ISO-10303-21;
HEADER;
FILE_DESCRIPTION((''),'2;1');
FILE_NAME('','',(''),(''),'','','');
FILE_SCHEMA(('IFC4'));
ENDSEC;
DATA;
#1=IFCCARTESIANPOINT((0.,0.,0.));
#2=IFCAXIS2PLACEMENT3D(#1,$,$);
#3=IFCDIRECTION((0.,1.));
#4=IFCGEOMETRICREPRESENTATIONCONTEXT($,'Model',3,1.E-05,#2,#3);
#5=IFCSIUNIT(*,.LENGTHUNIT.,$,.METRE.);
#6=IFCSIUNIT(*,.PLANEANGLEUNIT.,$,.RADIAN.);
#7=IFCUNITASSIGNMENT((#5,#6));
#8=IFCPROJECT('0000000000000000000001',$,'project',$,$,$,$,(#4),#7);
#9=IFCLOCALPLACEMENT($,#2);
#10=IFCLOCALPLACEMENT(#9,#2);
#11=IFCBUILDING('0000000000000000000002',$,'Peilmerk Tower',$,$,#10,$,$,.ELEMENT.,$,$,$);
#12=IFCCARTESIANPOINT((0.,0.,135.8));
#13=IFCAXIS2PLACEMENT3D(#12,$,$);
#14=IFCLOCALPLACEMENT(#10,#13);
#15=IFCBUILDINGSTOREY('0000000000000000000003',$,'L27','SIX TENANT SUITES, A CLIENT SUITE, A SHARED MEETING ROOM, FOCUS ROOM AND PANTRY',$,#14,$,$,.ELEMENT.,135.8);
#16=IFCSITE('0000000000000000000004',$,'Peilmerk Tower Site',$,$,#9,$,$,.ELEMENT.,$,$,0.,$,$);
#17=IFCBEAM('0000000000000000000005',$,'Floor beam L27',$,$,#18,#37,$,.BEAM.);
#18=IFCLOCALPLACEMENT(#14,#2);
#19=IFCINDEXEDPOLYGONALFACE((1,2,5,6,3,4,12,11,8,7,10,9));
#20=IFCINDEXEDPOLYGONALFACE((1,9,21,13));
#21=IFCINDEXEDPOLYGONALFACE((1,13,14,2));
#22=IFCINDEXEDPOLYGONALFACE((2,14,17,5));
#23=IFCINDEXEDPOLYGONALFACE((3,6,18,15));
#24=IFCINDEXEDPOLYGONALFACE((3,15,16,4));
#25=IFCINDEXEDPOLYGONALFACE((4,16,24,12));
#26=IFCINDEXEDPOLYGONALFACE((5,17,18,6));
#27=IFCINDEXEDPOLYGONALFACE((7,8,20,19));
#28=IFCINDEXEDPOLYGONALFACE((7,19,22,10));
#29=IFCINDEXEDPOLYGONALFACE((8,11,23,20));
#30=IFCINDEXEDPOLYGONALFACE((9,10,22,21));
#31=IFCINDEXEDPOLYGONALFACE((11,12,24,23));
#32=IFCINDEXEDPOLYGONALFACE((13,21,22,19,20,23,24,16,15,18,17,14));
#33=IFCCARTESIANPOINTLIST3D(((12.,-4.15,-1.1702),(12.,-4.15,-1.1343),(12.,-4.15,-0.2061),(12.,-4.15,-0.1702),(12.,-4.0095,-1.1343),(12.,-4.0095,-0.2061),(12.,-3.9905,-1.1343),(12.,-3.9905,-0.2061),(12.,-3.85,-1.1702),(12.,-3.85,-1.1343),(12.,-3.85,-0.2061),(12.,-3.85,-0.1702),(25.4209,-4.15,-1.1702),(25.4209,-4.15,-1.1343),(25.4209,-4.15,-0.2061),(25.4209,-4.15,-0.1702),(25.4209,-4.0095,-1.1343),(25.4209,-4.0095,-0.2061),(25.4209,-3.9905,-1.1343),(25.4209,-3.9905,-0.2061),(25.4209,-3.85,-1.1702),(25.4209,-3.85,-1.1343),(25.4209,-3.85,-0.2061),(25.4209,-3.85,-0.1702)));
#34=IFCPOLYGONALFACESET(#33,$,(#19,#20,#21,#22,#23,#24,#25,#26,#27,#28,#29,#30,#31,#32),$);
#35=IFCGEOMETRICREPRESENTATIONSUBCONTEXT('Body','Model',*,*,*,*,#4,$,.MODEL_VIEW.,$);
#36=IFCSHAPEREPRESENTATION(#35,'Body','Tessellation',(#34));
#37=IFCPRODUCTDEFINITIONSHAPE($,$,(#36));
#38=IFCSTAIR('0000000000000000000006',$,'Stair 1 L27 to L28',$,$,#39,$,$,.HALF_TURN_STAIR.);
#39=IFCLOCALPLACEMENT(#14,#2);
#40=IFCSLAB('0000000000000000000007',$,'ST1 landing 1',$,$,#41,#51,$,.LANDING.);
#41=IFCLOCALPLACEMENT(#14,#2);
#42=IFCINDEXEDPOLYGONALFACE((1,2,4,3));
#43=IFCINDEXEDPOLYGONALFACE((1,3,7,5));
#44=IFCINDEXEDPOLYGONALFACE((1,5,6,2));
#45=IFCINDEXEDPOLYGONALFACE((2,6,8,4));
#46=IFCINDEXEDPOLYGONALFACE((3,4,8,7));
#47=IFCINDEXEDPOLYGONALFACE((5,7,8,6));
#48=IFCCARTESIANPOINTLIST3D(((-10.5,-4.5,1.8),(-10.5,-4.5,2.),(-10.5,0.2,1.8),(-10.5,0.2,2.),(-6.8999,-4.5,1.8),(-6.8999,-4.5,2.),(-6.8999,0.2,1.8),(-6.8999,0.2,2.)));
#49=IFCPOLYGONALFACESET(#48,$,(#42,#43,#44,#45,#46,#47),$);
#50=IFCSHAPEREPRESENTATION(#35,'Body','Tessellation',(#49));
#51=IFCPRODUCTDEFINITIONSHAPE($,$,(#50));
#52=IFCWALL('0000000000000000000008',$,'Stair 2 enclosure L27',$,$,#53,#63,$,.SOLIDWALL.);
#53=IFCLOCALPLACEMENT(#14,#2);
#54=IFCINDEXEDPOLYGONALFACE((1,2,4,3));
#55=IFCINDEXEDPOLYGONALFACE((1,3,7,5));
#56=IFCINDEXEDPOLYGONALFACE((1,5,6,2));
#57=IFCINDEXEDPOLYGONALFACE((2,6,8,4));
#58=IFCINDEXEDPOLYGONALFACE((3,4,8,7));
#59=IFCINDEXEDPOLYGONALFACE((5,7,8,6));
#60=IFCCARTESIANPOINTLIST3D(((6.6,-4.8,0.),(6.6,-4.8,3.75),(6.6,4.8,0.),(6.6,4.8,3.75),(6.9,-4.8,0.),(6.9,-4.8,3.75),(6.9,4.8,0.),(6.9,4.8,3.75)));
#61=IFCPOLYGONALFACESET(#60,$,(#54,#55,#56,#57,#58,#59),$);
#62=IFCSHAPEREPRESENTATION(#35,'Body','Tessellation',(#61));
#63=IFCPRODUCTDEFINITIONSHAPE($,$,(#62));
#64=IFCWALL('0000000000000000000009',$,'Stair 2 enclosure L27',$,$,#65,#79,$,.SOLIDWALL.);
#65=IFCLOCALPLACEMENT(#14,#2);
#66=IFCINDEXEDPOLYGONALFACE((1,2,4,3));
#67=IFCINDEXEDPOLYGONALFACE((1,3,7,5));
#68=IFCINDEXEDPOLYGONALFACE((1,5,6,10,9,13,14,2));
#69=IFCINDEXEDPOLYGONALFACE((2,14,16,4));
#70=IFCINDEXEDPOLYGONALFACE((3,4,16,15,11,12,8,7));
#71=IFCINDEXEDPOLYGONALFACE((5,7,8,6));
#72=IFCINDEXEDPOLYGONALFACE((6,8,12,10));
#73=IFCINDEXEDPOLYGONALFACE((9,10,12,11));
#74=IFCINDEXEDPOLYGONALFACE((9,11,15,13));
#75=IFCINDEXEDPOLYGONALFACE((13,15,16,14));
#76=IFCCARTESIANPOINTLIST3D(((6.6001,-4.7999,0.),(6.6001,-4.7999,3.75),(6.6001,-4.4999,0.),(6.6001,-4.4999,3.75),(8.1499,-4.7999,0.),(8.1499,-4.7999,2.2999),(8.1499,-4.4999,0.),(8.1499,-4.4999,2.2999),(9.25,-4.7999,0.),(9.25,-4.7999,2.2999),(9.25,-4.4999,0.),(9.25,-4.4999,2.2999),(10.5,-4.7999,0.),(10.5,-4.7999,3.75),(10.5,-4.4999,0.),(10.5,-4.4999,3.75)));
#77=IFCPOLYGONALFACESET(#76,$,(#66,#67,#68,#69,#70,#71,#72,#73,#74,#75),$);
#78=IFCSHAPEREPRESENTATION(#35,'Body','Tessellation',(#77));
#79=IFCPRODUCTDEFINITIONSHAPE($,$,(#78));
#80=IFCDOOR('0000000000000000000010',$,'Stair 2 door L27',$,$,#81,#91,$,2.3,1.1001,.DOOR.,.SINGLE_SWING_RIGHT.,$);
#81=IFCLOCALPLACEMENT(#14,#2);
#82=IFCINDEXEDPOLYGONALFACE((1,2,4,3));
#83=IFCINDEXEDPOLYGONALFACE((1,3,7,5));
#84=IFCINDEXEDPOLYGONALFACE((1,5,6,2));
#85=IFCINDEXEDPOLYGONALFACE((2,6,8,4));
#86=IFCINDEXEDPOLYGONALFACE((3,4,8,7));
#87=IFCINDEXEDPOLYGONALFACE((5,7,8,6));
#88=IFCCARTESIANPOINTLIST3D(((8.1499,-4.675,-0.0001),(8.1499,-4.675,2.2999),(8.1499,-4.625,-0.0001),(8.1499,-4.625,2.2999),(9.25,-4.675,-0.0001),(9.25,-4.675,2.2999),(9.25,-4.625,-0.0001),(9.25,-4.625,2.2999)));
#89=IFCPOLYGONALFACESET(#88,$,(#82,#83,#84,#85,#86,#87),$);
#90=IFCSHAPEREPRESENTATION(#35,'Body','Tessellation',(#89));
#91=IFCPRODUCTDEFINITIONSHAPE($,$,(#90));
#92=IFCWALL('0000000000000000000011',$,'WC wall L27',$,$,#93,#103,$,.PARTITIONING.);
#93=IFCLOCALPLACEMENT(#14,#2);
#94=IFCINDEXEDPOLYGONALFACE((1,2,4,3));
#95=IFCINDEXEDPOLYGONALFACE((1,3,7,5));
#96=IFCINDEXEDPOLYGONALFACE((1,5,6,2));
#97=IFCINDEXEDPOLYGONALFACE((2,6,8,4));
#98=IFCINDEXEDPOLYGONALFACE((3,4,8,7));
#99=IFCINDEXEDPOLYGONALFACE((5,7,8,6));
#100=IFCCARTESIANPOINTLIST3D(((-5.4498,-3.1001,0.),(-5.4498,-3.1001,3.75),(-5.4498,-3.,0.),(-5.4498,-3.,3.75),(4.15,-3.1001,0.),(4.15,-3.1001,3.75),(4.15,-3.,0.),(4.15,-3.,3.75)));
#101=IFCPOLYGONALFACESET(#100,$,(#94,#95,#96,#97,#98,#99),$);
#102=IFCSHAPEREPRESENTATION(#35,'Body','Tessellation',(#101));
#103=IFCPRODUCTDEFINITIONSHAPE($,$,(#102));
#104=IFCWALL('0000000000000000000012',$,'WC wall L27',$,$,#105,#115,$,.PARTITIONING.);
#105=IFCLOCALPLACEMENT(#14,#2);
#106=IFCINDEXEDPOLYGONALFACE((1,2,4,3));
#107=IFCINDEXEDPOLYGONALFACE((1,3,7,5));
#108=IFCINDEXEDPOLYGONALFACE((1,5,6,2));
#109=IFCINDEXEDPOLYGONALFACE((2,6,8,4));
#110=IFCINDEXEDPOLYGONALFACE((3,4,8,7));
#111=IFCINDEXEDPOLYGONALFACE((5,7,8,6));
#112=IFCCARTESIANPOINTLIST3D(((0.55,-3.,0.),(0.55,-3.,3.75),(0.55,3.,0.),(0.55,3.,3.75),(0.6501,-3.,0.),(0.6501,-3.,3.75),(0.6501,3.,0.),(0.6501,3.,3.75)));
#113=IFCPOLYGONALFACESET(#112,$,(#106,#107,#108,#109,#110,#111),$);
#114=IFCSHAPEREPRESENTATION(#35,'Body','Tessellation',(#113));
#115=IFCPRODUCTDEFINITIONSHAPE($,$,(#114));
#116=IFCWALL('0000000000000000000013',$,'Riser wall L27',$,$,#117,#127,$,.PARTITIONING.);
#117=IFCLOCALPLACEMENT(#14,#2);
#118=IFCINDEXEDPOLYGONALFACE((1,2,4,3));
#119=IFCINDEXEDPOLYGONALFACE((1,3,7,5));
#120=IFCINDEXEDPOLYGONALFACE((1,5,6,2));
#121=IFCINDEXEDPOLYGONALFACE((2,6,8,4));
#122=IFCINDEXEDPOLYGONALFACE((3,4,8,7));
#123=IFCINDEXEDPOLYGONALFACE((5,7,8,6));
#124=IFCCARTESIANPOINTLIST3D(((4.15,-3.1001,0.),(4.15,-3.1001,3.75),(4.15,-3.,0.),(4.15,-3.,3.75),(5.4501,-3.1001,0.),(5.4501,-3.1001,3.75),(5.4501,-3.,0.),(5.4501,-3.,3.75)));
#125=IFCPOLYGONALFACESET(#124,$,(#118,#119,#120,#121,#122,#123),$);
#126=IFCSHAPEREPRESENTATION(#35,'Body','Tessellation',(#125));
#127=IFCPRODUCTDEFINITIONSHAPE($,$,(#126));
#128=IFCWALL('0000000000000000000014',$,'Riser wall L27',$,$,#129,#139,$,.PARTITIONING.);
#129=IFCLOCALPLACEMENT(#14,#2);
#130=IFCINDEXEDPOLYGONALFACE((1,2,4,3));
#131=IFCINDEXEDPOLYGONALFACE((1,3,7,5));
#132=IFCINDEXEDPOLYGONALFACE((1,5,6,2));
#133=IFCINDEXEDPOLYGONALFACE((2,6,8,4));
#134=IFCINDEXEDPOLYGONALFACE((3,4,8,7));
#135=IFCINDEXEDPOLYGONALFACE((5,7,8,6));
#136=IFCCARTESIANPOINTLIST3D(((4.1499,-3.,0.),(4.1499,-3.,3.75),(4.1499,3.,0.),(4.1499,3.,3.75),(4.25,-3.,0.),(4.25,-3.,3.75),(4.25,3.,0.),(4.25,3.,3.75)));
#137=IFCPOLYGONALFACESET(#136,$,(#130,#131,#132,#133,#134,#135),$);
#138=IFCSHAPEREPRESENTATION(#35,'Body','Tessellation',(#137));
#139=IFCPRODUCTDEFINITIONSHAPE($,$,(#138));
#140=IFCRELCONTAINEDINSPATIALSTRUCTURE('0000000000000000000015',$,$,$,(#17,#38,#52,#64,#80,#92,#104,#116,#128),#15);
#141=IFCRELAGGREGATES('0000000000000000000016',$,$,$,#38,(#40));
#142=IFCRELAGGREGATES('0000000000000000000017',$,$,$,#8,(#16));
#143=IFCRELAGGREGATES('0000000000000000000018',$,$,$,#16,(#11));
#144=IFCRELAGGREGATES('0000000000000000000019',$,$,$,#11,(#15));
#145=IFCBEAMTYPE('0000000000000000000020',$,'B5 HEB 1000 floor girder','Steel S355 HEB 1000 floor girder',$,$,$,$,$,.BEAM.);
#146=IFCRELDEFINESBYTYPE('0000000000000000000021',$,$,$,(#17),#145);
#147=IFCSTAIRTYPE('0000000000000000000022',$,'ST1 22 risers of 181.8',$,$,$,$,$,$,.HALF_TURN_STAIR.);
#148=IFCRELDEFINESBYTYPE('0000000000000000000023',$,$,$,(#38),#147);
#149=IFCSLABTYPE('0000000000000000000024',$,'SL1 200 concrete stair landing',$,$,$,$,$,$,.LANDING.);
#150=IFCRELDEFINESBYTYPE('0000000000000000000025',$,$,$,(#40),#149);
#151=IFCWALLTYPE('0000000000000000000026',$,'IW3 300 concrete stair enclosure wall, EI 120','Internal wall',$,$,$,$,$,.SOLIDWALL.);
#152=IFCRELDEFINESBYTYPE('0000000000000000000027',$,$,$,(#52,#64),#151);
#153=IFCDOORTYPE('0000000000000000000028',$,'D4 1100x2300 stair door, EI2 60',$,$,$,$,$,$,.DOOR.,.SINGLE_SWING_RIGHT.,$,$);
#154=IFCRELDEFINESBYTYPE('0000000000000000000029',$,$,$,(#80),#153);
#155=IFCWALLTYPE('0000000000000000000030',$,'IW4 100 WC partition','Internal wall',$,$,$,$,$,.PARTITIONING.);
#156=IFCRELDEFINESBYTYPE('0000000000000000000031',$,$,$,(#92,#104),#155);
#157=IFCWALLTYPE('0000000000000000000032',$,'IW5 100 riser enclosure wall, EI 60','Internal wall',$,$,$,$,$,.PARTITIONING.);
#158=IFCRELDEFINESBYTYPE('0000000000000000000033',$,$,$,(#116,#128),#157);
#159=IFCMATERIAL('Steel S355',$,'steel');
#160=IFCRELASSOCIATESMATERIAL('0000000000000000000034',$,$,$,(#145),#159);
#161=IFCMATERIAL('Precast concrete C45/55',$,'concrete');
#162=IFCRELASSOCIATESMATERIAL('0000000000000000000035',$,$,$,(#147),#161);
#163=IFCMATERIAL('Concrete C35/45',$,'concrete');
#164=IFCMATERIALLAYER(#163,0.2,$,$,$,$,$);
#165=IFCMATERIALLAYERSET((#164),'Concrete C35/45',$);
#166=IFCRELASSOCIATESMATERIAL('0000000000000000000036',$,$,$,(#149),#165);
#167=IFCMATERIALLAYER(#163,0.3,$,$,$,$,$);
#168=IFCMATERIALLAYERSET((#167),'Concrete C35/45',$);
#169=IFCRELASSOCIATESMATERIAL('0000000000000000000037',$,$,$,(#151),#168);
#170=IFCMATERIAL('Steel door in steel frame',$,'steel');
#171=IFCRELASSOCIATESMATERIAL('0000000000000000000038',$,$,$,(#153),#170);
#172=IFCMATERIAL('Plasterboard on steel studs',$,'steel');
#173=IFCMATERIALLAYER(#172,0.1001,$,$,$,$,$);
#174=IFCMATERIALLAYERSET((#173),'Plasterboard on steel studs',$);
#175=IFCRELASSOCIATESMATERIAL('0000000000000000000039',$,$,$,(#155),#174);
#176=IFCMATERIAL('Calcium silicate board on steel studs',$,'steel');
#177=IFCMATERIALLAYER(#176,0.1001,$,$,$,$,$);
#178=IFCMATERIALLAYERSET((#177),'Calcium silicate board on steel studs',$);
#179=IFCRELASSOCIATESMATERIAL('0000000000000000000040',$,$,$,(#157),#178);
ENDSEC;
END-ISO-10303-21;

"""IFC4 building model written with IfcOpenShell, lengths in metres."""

from ifc_helpers import new_model, si_unit, direction, frame, frame_2d, origin, origin_2d, place, context, subcontext, project, spatial, polyline, rectangle, i_section, outline, extrude, material, layer, layer_set, material_profile, profile_set, type_object, element, fill, aggregate, save


model = new_model("IFC4")

# Units and contexts
model_context = context("Model", 3, precision=1e-05, world=origin(), true_north=direction((0.0, 1.0)))
body_context = subcontext(model_context, "Body", "Model", "MODEL_VIEW")
ifc_project = project(units=[si_unit("LENGTHUNIT", "METRE"), si_unit("PLANEANGLEUNIT", "RADIAN")], contexts=[model_context])

# Site, building, storey
site_placement = place(None, origin())
site = spatial("IfcSite", under=ifc_project, at=site_placement, Name="Peilmerk Tower Site", CompositionType="ELEMENT", RefElevation=0.0)
building_placement = place(site_placement, origin())
building = spatial("IfcBuilding", under=site, at=building_placement, Name="Peilmerk Tower", CompositionType="ELEMENT")
storey_placement = place(building_placement, frame((0.0, 0.0, 135.8)))
storey = spatial("IfcBuildingStorey", under=building, at=storey_placement, Name="L27", Description="SIX TENANT SUITES, A CLIENT SUITE, A SHARED MEETING ROOM, FOCUS ROOM AND PANTRY", CompositionType="ELEMENT", Elevation=135.8)

# Beam
ifc_material_1 = material(Name="Steel S355", Category="steel")
ifc_material_profile = material_profile(ifc_material_1, i_section(OverallWidth=0.3, OverallDepth=1.0, WebThickness=0.019, FlangeThickness=0.0359, at=origin_2d()), Name="HEB 1000")
ifc_profile_set = profile_set([ifc_material_profile], Name="Steel S355")
beam_type = type_object("IfcBeamType", Name="B5 HEB 1000 floor girder", Description="Steel S355 HEB 1000 floor girder", PredefinedType="BEAM", material=ifc_profile_set)
beam_placement = place(storey_placement, frame((12.0, -4.0, -0.6702), z_axis=(1.0, 0.0, 0.0), x_axis=(0.0, 1.0, 0.0)))
element("IfcBeam", 1, at=beam_placement, inside=storey, type_object=beam_type, Name="Floor beam L27", PredefinedType="BEAM", context=body_context, shape_type="SweptSolid", body=[
    extrude(i_section(OverallWidth=0.3, OverallDepth=1.0, WebThickness=0.019, FlangeThickness=0.0359, at=origin_2d()), origin(), (0.0, 0.0, 1.0), 13.4209),
])

# Stair, slab
ifc_material_2 = material(Name="Precast concrete C45/55", Category="concrete")
stair_type_1 = type_object("IfcStairType", Name="ST1 22 risers of 181.8", PredefinedType="HALF_TURN_STAIR", material=ifc_material_2)
stair_1_placement = place(storey_placement, origin())
stair_1 = element("IfcStair", 2, at=stair_1_placement, inside=storey, type_object=stair_type_1, Name="Stair 1 L27 to L28", PredefinedType="HALF_TURN_STAIR")
ifc_material_3 = material(Name="Concrete C35/45", Category="concrete")
ifc_layer_1 = layer(ifc_material_3, 0.2)
ifc_layer_set_1 = layer_set([ifc_layer_1], Name="Concrete C35/45")
slab_type = type_object("IfcSlabType", Name="SL1 200 concrete stair landing", PredefinedType="LANDING", material=ifc_layer_set_1)
slab_placement = place(storey_placement, frame((0.0, 0.0, 1.8)))
slab = element("IfcSlab", 3, at=slab_placement, type_object=slab_type, Name="ST1 landing 1", PredefinedType="LANDING", context=body_context, shape_type="SweptSolid", body=[
    extrude(outline(polyline([(-10.5, -4.5), (-6.8999, -4.5), (-6.8999, 0.2), (-10.5, 0.2), (-10.5, -4.5)])), origin(), (0.0, 0.0, 1.0), 0.2),
])
aggregate(stair_1, [slab])

# Wall
ifc_layer_2 = layer(ifc_material_3, 0.3)
ifc_layer_set_2 = layer_set([ifc_layer_2], Name="Concrete C35/45")
wall_type_1 = type_object("IfcWallType", Name="IW3 300 concrete stair enclosure wall, EI 120", Description="Internal wall", PredefinedType="SOLIDWALL", material=ifc_layer_set_2)
wall_1_placement = place(storey_placement, frame((6.75, -4.8, 0.0), z_axis=(0.0, 0.0, 1.0), x_axis=(0.0, 1.0, 0.0)))
element("IfcWall", 4, at=wall_1_placement, inside=storey, type_object=wall_type_1, Name="Stair 2 enclosure L27", PredefinedType="SOLIDWALL", context=body_context, shape_type="SweptSolid", body=[
    extrude(rectangle(XDim=9.6001, YDim=0.3, at=frame_2d((4.8, 0.0))), origin(), (0.0, 0.0, 1.0), 3.75),
])

# Wall, opening, door
wall_2_placement = place(storey_placement, frame((10.5, -4.6499, 0.0), z_axis=(0.0, 0.0, 1.0), x_axis=(-1.0, 0.0, 0.0)))
wall_2 = element("IfcWall", 5, at=wall_2_placement, inside=storey, type_object=wall_type_1, Name="Stair 2 enclosure L27", PredefinedType="SOLIDWALL", context=body_context, shape_type="SweptSolid", body=[
    extrude(rectangle(XDim=3.8999, YDim=0.3, at=frame_2d((1.95, 0.0))), origin(), (0.0, 0.0, 1.0), 3.75),
])
opening_1_placement = place(wall_2_placement, frame((1.25, 0.0, 0.0)))
opening_1 = element("IfcOpeningElement", 6, at=opening_1_placement, cuts=wall_2, PredefinedType="OPENING", context=body_context, shape_type="SweptSolid", body=[
    extrude(rectangle(XDim=1.1001, YDim=2.3, at=frame_2d((0.55, 1.1499))), frame((0.0, 0.1599, 0.0), z_axis=(0.0, -1.0, 0.0), x_axis=(1.0, 0.0, 0.0)), (0.0, 0.0, 1.0), 0.3201),
])
ifc_material_4 = material(Name="Steel door in steel frame", Category="steel")
door_type_1 = type_object("IfcDoorType", Name="D4 1100x2300 stair door, EI2 60", OperationType="SINGLE_SWING_RIGHT", PredefinedType="DOOR", material=ifc_material_4)
door_1_placement = place(opening_1_placement, frame((1.1001, 0.0, 0.0), z_axis=(0.0, 0.0, 1.0), x_axis=(-1.0, 0.0, 0.0)))
door_1 = element("IfcDoor", 7, at=door_1_placement, inside=storey, type_object=door_type_1, Name="Stair 2 door L27", OperationType="SINGLE_SWING_RIGHT", OverallHeight=2.3, OverallWidth=1.1001, PredefinedType="DOOR", context=body_context, shape_type="SweptSolid", body=[
    extrude(rectangle(XDim=1.1001, YDim=2.3, at=frame_2d((0.55, 1.1499))), frame((0.0, 0.0249, 0.0), z_axis=(0.0, -1.0, 0.0), x_axis=(1.0, 0.0, 0.0)), (0.0, 0.0, 1.0), 0.05),
])
fill(opening_1, door_1)

# Walls
ifc_material_5 = material(Name="Plasterboard on steel studs", Category="steel")
ifc_layer_3 = layer(ifc_material_5, 0.1001)
ifc_layer_set_3 = layer_set([ifc_layer_3], Name="Plasterboard on steel studs")
wall_type_2 = type_object("IfcWallType", Name="IW4 100 WC partition", Description="Internal wall", PredefinedType="PARTITIONING", material=ifc_layer_set_3)
wall_3_placement = place(storey_placement, frame((4.1499, -3.05, 0.0), z_axis=(0.0, 0.0, 1.0), x_axis=(-1.0, 0.0, 0.0)))
element("IfcWall", 8, at=wall_3_placement, inside=storey, type_object=wall_type_2, Name="WC wall L27", PredefinedType="PARTITIONING", context=body_context, shape_type="SweptSolid", body=[
    extrude(rectangle(XDim=9.5999, YDim=0.1001, at=frame_2d((4.7998, 0.0))), origin(), (0.0, 0.0, 1.0), 3.75),
])
wall_4_placement = place(storey_placement, frame((0.6001, -3.0, 0.0), z_axis=(0.0, 0.0, 1.0), x_axis=(0.0, 1.0, 0.0)))
element("IfcWall", 9, at=wall_4_placement, inside=storey, type_object=wall_type_2, Name="WC wall L27", PredefinedType="PARTITIONING", context=body_context, shape_type="SweptSolid", body=[
    extrude(rectangle(XDim=6.0, YDim=0.1001, at=frame_2d((3.0, 0.0))), origin(), (0.0, 0.0, 1.0), 3.75),
])
ifc_material_6 = material(Name="Calcium silicate board on steel studs", Category="steel")
ifc_layer_4 = layer(ifc_material_6, 0.1001)
ifc_layer_set_4 = layer_set([ifc_layer_4], Name="Calcium silicate board on steel studs")
wall_type_3 = type_object("IfcWallType", Name="IW5 100 riser enclosure wall, EI 60", Description="Internal wall", PredefinedType="PARTITIONING", material=ifc_layer_set_4)
wall_5_placement = place(storey_placement, frame((5.45, -3.05, 0.0), z_axis=(0.0, 0.0, 1.0), x_axis=(-1.0, 0.0, 0.0)))
element("IfcWall", 10, at=wall_5_placement, inside=storey, type_object=wall_type_3, Name="Riser wall L27", PredefinedType="PARTITIONING", context=body_context, shape_type="SweptSolid", body=[
    extrude(rectangle(XDim=1.3, YDim=0.1001, at=frame_2d((0.6499, 0.0))), origin(), (0.0, 0.0, 1.0), 3.75),
])
wall_6_placement = place(storey_placement, frame((4.2, -3.0, 0.0), z_axis=(0.0, 0.0, 1.0), x_axis=(0.0, 1.0, 0.0)))
element("IfcWall", 11, at=wall_6_placement, inside=storey, type_object=wall_type_3, Name="Riser wall L27", PredefinedType="PARTITIONING", context=body_context, shape_type="SweptSolid", body=[
    extrude(rectangle(XDim=6.0, YDim=0.1001, at=frame_2d((3.0, 0.0))), origin(), (0.0, 0.0, 1.0), 3.75),
])

save(model, "model.ifc")
